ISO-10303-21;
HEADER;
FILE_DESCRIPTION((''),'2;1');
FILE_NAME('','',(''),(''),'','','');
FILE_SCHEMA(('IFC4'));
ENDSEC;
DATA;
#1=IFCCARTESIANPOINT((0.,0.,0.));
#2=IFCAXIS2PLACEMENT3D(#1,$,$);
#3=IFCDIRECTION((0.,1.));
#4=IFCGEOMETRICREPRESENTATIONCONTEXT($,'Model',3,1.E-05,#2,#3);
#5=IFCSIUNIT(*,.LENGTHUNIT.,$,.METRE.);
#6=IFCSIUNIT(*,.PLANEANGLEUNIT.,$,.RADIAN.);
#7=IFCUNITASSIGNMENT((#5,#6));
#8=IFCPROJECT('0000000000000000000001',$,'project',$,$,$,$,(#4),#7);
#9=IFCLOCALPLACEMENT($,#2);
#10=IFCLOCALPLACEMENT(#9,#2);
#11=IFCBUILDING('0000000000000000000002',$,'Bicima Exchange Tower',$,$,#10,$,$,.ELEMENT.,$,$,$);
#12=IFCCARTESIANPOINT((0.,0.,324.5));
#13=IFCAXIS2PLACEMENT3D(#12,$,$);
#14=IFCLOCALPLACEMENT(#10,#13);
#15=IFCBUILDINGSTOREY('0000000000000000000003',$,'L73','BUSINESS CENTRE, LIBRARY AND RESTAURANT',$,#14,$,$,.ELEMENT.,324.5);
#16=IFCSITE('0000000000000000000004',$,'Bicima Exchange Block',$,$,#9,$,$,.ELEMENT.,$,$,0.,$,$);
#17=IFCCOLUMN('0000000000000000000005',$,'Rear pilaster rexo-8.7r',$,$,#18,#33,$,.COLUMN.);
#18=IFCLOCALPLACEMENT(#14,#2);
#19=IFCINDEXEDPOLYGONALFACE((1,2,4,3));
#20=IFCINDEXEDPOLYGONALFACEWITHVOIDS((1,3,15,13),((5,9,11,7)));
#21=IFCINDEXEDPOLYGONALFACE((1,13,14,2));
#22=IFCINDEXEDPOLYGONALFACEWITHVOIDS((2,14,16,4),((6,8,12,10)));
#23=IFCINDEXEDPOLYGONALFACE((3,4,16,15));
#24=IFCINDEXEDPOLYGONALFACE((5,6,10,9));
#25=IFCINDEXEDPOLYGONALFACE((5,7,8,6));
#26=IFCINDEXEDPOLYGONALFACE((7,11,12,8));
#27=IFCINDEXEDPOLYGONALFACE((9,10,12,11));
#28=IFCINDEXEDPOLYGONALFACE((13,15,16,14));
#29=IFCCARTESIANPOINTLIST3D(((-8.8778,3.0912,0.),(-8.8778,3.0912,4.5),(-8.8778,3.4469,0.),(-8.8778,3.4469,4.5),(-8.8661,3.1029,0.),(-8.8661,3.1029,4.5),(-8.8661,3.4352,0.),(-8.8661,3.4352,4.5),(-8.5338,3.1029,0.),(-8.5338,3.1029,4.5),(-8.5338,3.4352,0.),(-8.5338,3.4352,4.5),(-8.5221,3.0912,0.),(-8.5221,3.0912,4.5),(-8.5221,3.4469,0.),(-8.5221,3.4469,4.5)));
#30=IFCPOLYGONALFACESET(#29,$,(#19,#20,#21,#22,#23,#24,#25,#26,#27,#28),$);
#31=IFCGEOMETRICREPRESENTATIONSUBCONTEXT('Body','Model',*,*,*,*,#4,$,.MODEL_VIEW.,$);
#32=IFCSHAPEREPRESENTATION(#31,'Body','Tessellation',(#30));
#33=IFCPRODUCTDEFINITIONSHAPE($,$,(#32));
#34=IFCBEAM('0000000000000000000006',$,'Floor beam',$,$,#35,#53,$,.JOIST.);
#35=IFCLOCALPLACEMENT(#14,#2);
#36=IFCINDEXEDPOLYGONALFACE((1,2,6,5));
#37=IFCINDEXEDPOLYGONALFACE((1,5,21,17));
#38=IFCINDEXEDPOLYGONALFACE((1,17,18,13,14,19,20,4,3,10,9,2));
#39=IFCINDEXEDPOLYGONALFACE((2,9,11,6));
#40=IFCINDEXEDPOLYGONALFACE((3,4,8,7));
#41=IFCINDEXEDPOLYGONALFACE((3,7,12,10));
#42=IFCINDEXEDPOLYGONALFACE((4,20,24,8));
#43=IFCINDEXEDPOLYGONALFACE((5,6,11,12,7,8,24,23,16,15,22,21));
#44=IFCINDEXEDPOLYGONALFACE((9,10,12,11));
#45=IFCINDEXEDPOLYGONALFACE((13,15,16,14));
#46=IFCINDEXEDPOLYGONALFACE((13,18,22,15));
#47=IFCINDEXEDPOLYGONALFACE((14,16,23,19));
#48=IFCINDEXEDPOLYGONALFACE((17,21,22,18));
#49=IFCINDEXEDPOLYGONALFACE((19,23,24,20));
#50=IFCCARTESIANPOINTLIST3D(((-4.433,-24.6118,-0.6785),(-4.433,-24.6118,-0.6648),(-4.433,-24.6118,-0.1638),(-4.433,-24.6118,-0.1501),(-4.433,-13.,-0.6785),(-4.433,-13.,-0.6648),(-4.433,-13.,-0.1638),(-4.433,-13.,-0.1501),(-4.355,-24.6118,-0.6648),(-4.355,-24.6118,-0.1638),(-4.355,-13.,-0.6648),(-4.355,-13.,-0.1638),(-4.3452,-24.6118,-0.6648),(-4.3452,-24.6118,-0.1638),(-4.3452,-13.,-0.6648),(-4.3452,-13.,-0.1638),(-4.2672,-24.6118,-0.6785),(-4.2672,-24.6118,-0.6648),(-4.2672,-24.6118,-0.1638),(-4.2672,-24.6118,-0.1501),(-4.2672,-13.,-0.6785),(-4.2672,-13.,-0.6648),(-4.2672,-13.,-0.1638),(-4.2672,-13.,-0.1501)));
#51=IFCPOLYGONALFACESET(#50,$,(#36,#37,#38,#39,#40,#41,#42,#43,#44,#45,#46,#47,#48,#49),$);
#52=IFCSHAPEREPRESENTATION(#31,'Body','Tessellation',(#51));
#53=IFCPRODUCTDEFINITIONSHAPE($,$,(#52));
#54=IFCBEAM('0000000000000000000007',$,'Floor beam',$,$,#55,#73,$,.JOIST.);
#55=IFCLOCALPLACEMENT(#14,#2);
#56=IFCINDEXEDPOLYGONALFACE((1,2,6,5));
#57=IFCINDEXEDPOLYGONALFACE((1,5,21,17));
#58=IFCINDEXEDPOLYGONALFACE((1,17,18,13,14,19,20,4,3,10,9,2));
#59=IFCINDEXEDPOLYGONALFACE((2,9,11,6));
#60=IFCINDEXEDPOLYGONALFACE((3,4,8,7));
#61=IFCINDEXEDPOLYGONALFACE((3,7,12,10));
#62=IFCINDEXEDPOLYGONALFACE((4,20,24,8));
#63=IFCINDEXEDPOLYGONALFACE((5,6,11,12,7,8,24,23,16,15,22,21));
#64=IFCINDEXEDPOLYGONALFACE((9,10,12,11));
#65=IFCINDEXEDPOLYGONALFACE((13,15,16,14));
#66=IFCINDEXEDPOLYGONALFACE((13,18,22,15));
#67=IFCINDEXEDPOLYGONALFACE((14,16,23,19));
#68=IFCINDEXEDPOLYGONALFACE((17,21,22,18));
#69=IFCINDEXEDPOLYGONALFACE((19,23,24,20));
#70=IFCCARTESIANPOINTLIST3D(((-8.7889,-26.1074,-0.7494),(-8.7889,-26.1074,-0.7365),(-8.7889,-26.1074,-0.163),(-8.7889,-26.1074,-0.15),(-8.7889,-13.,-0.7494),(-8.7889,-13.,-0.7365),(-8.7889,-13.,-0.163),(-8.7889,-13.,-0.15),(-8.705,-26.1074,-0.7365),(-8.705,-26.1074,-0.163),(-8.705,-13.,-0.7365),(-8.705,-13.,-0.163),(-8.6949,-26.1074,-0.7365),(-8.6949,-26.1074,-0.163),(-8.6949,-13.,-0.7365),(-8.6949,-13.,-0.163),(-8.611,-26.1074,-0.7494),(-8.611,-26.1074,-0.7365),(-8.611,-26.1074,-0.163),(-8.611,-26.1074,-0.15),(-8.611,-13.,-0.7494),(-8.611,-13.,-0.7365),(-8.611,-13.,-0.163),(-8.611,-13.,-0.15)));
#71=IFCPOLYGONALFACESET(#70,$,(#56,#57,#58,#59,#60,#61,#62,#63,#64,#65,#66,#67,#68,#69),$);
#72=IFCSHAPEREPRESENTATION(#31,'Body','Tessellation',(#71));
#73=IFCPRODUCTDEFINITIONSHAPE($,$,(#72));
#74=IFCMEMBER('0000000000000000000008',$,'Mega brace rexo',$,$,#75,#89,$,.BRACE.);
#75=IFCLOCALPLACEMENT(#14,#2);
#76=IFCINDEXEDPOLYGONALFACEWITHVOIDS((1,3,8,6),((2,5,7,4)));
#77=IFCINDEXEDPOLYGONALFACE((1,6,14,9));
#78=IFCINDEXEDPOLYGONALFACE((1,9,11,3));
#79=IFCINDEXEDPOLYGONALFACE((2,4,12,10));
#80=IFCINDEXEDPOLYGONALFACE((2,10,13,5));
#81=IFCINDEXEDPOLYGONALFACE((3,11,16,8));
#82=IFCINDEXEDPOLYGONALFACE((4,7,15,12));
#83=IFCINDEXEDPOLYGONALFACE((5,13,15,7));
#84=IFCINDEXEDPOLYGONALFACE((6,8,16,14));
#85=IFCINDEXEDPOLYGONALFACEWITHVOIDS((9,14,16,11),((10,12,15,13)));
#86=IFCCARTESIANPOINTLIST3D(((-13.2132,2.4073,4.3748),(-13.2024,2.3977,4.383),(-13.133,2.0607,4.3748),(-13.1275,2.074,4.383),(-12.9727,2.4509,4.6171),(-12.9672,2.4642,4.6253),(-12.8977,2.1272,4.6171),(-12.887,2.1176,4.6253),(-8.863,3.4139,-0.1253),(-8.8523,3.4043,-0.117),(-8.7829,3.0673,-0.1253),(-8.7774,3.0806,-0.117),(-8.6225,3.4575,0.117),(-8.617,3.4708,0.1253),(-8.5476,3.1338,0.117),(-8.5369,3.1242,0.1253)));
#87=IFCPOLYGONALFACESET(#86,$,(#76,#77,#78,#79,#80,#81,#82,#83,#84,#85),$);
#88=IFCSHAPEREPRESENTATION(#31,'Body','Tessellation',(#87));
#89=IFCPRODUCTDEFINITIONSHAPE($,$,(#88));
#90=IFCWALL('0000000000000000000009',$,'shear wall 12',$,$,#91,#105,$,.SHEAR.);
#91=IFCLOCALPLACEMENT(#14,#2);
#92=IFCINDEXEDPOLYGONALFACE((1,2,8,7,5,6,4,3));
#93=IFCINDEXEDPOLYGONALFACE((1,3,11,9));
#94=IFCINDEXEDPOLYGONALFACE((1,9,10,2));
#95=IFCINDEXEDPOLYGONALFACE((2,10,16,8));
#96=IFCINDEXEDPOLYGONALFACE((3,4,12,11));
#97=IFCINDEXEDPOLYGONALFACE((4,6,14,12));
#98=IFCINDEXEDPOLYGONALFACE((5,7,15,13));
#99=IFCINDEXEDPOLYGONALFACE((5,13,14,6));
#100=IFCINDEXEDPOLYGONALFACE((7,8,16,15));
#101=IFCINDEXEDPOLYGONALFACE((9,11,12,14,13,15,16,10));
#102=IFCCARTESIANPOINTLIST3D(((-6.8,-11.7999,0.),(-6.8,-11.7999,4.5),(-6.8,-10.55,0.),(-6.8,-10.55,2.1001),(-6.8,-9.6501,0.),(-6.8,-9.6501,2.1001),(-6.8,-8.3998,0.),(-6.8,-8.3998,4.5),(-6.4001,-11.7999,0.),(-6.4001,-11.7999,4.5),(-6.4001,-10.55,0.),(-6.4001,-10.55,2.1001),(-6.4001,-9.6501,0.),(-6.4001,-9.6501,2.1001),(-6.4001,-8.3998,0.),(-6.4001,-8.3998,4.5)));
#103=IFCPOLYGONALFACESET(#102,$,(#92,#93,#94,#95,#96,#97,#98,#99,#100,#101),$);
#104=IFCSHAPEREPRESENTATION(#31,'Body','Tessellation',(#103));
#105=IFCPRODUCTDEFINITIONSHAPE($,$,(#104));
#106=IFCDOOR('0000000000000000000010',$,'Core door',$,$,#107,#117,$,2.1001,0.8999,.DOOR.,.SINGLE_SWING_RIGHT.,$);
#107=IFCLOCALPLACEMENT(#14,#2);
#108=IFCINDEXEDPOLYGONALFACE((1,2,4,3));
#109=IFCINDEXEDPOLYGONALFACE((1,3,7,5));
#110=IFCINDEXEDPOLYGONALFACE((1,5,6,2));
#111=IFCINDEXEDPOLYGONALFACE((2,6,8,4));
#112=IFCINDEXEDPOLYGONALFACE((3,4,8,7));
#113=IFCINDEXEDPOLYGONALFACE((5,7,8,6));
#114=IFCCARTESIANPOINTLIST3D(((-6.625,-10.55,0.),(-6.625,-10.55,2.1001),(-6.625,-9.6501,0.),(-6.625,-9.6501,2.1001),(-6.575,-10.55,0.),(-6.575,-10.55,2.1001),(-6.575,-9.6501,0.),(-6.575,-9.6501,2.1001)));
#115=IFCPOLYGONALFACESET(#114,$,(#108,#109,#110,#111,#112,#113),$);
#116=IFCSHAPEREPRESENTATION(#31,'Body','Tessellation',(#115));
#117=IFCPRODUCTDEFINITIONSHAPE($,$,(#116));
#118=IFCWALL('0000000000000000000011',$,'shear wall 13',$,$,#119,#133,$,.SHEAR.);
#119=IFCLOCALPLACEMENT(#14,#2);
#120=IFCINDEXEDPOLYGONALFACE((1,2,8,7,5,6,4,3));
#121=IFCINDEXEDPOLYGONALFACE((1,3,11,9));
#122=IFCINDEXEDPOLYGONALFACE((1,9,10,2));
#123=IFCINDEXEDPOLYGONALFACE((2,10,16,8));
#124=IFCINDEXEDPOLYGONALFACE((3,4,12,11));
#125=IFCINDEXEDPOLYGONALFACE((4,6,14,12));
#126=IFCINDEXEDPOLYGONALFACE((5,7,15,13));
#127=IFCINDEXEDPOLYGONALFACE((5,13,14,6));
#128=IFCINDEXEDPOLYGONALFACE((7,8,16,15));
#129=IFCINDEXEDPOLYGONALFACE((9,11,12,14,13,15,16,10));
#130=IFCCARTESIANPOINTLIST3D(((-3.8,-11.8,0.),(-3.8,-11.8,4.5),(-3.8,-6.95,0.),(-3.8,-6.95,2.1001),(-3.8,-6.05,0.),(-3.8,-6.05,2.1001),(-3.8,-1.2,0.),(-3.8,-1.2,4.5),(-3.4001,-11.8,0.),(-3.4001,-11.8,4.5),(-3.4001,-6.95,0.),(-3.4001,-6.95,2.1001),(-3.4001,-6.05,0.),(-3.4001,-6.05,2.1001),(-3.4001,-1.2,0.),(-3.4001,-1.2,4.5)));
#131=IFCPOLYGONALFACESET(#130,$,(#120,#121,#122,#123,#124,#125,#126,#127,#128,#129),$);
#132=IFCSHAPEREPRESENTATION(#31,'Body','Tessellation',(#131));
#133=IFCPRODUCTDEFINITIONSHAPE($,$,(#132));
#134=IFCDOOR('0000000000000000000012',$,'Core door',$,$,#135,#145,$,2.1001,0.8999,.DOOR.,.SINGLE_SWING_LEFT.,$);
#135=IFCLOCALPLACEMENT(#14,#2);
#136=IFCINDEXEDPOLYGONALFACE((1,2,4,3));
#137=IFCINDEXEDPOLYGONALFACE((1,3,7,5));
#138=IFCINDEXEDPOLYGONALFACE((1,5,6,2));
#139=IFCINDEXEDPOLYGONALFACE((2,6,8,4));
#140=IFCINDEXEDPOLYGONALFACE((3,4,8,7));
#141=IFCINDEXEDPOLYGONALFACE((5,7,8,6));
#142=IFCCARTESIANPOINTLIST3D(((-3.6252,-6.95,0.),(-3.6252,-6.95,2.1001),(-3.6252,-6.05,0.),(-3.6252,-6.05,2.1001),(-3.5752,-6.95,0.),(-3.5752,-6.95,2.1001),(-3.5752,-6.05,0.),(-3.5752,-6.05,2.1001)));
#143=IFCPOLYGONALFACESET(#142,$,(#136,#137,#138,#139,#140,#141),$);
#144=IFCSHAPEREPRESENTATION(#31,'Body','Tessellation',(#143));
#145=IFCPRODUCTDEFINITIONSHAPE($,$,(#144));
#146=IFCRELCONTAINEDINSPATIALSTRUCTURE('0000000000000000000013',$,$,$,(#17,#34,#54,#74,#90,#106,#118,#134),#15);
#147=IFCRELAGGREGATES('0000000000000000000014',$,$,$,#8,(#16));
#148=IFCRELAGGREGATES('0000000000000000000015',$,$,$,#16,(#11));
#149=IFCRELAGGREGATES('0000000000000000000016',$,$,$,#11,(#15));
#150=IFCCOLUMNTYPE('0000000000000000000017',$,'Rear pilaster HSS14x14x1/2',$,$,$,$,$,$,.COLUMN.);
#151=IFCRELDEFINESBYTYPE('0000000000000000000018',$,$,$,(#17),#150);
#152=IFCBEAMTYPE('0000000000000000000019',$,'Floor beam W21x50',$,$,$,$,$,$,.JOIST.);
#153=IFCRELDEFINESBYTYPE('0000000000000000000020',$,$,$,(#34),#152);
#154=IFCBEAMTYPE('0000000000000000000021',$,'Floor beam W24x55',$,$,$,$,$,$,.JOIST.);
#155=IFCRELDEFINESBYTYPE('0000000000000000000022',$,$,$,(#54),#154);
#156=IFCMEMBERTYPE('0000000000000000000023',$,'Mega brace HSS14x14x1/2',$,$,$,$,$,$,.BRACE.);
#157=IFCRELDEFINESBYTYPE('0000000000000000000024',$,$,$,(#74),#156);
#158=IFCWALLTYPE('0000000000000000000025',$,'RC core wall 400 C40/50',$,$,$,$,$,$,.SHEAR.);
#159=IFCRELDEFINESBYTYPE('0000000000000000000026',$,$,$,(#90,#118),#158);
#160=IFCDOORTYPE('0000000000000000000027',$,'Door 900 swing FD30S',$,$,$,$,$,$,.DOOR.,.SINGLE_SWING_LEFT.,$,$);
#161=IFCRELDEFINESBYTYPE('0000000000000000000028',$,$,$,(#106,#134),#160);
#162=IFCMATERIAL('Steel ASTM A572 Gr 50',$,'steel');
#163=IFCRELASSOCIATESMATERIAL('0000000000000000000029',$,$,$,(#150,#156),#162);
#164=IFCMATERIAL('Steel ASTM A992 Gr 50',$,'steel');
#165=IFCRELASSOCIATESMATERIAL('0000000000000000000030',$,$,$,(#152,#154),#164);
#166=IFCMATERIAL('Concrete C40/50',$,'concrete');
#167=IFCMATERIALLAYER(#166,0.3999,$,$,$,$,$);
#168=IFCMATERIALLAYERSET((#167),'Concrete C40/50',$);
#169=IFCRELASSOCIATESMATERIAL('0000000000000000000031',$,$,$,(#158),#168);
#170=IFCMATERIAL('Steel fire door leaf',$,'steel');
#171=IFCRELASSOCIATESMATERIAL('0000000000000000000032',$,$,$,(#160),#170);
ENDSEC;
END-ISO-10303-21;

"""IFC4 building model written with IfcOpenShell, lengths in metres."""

from ifc_helpers import new_model, si_unit, direction, frame, frame_2d, origin, origin_2d, place, context, subcontext, project, spatial, rectangle, hollow_rectangle, i_section, extrude, material, layer, layer_set, material_profile, profile_set, type_object, element, fill, save


model = new_model("IFC4")

# Units and contexts
model_context = context("Model", 3, precision=1e-05, world=origin(), true_north=direction((0.0, 1.0)))
body_context = subcontext(model_context, "Body", "Model", "MODEL_VIEW")
ifc_project = project(units=[si_unit("LENGTHUNIT", "METRE"), si_unit("PLANEANGLEUNIT", "RADIAN")], contexts=[model_context])

# Site, building, storey
site_placement = place(None, origin())
site = spatial("IfcSite", under=ifc_project, at=site_placement, Name="Bicima Exchange Block", CompositionType="ELEMENT", RefElevation=0.0)
building_placement = place(site_placement, origin())
building = spatial("IfcBuilding", under=site, at=building_placement, Name="Bicima Exchange Tower", CompositionType="ELEMENT")
storey_placement = place(building_placement, frame((0.0, 0.0, 324.5)))
storey = spatial("IfcBuildingStorey", under=building, at=storey_placement, Name="L73", Description="BUSINESS CENTRE, LIBRARY AND RESTAURANT", CompositionType="ELEMENT", Elevation=324.5)

# Column
ifc_material_1 = material(Name="Steel ASTM A572 Gr 50", Category="steel")
ifc_material_profile_1 = material_profile(ifc_material_1, hollow_rectangle(XDim=0.3557, YDim=0.3557, WallThickness=0.0117, at=origin_2d()))
ifc_profile_set_1 = profile_set([ifc_material_profile_1], Name="Steel ASTM A572 Gr 50")
column_type = type_object("IfcColumnType", Name="Rear pilaster HSS14x14x1/2", PredefinedType="COLUMN", material=ifc_profile_set_1)
column_placement = place(storey_placement, frame((-8.7, 3.269, 0.0), z_axis=(0.0, 0.0, 1.0), x_axis=(1.0, 0.0, 0.0)))
element("IfcColumn", 1, at=column_placement, inside=storey, type_object=column_type, Name="Rear pilaster rexo-8.7r", PredefinedType="COLUMN", context=body_context, shape_type="SweptSolid", body=[
    extrude(hollow_rectangle(XDim=0.3557, YDim=0.3557, WallThickness=0.0117, at=origin_2d()), origin(), (0.0, 0.0, 1.0), 4.5),
])

# Beams
ifc_material_2 = material(Name="Steel ASTM A992 Gr 50", Category="steel")
ifc_material_profile_2 = material_profile(ifc_material_2, i_section(OverallWidth=0.1658, OverallDepth=0.5283, WebThickness=0.0098, FlangeThickness=0.0137, at=origin_2d()))
ifc_profile_set_2 = profile_set([ifc_material_profile_2], Name="Steel ASTM A992 Gr 50")
beam_type_1 = type_object("IfcBeamType", Name="Floor beam W21x50", PredefinedType="JOIST", material=ifc_profile_set_2)
beam_1_placement = place(storey_placement, frame((-4.3501, -13.0, -0.4143), z_axis=(0.0, -1.0, 0.0), x_axis=(1.0, 0.0, 0.0)))
element("IfcBeam", 2, at=beam_1_placement, inside=storey, type_object=beam_type_1, Name="Floor beam", PredefinedType="JOIST", context=body_context, shape_type="SweptSolid", body=[
    extrude(i_section(OverallWidth=0.1658, OverallDepth=0.5283, WebThickness=0.0098, FlangeThickness=0.0137, at=origin_2d()), origin(), (0.0, 0.0, 1.0), 11.6118),
])
ifc_material_profile_3 = material_profile(ifc_material_2, i_section(OverallWidth=0.178, OverallDepth=0.5994, WebThickness=0.01, FlangeThickness=0.0129, at=origin_2d()))
ifc_profile_set_3 = profile_set([ifc_material_profile_3], Name="Steel ASTM A992 Gr 50")
beam_type_2 = type_object("IfcBeamType", Name="Floor beam W24x55", PredefinedType="JOIST", material=ifc_profile_set_3)
beam_2_placement = place(storey_placement, frame((-8.7, -13.0, -0.4497), z_axis=(0.0, -1.0, 0.0), x_axis=(1.0, 0.0, 0.0)))
element("IfcBeam", 3, at=beam_2_placement, inside=storey, type_object=beam_type_2, Name="Floor beam", PredefinedType="JOIST", context=body_context, shape_type="SweptSolid", body=[
    extrude(i_section(OverallWidth=0.178, OverallDepth=0.5994, WebThickness=0.01, FlangeThickness=0.0129, at=origin_2d()), origin(), (0.0, 0.0, 1.0), 13.1074),
])

# Member
member_type = type_object("IfcMemberType", Name="Mega brace HSS14x14x1/2", PredefinedType="BRACE", material=ifc_profile_set_1)
member_placement = place(storey_placement, frame((-8.7, 3.269, 0.0), z_axis=(-0.686212, -0.158786, 0.709859), x_axis=(0.225439, -0.974257, 0.0)))
element("IfcMember", 4, at=member_placement, inside=storey, type_object=member_type, Name="Mega brace rexo", PredefinedType="BRACE", context=body_context, shape_type="SweptSolid", body=[
    extrude(hollow_rectangle(XDim=0.3557, YDim=0.3557, WallThickness=0.0117, at=origin_2d()), origin(), (0.0, 0.0, 1.0), 6.3394),
])

# Walls, openings, doors
ifc_material_3 = material(Name="Concrete C40/50", Category="concrete")
ifc_layer_1 = layer(ifc_material_3, 0.3999)
ifc_layer_set_1 = layer_set([ifc_layer_1], Name="Concrete C40/50")
wall_type_1 = type_object("IfcWallType", Name="RC core wall 400 C40/50", PredefinedType="SHEAR", material=ifc_layer_set_1)
wall_1_placement = place(storey_placement, frame((-6.6001, -11.8, 0.0), z_axis=(0.0, 0.0, 1.0), x_axis=(0.0, 1.0, 0.0)))
wall_1 = element("IfcWall", 5, at=wall_1_placement, inside=storey, type_object=wall_type_1, Name="shear wall 12", PredefinedType="SHEAR", context=body_context, shape_type="SweptSolid", body=[
    extrude(rectangle(XDim=3.4001, YDim=0.3999, at=frame_2d((1.7002, 0.0))), origin(), (0.0, 0.0, 1.0), 4.5),
])
opening_1_placement = place(wall_1_placement, frame((1.25, 0.0, 0.0)))
opening_1 = element("IfcOpeningElement", 6, at=opening_1_placement, cuts=wall_1, PredefinedType="OPENING", context=body_context, shape_type="SweptSolid", body=[
    extrude(rectangle(XDim=0.8999, YDim=2.1001, at=frame_2d((0.45, 1.05))), frame((0.0, 0.2119, 0.0), z_axis=(0.0, -1.0, 0.0), x_axis=(1.0, 0.0, 0.0)), (0.0, 0.0, 1.0), 0.4238),
])
ifc_material_4 = material(Name="Steel fire door leaf", Category="steel")
door_type_1 = type_object("IfcDoorType", Name="Door 900 swing FD30S", OperationType="SINGLE_SWING_LEFT", PredefinedType="DOOR", material=ifc_material_4)
door_1_placement = place(opening_1_placement, origin())
door_1 = element("IfcDoor", 7, at=door_1_placement, inside=storey, type_object=door_type_1, Name="Core door", OperationType="SINGLE_SWING_RIGHT", OverallHeight=2.1001, OverallWidth=0.8999, PredefinedType="DOOR", context=body_context, shape_type="SweptSolid", body=[
    extrude(rectangle(XDim=0.8999, YDim=2.1001, at=frame_2d((0.45, 1.05))), frame((0.0, 0.0249, 0.0), z_axis=(0.0, -1.0, 0.0), x_axis=(1.0, 0.0, 0.0)), (0.0, 0.0, 1.0), 0.05),
])
fill(opening_1, door_1)
wall_2_placement = place(storey_placement, frame((-3.6001, -11.8, 0.0), z_axis=(0.0, 0.0, 1.0), x_axis=(0.0, 1.0, 0.0)))
wall_2 = element("IfcWall", 8, at=wall_2_placement, inside=storey, type_object=wall_type_1, Name="shear wall 13", PredefinedType="SHEAR", context=body_context, shape_type="SweptSolid", body=[
    extrude(rectangle(XDim=10.6001, YDim=0.3999, at=frame_2d((5.3, 0.0))), origin(), (0.0, 0.0, 1.0), 4.5),
])
opening_2_placement = place(wall_2_placement, frame((4.8501, 0.0, 0.0)))
opening_2 = element("IfcOpeningElement", 9, at=opening_2_placement, cuts=wall_2, PredefinedType="OPENING", context=body_context, shape_type="SweptSolid", body=[
    extrude(rectangle(XDim=0.8999, YDim=2.1001, at=frame_2d((0.45, 1.05))), frame((0.0, 0.2119, 0.0), z_axis=(0.0, -1.0, 0.0), x_axis=(1.0, 0.0, 0.0)), (0.0, 0.0, 1.0), 0.4238),
])
door_2_placement = place(opening_2_placement, frame((0.8999, 0.0, 0.0), z_axis=(0.0, 0.0, 1.0), x_axis=(-1.0, 0.0, 0.0)))
door_2 = element("IfcDoor", 10, at=door_2_placement, inside=storey, type_object=door_type_1, Name="Core door", OperationType="SINGLE_SWING_LEFT", OverallHeight=2.1001, OverallWidth=0.8999, PredefinedType="DOOR", context=body_context, shape_type="SweptSolid", body=[
    extrude(rectangle(XDim=0.8999, YDim=2.1001, at=frame_2d((0.45, 1.05))), frame((0.0, 0.0249, 0.0), z_axis=(0.0, -1.0, 0.0), x_axis=(1.0, 0.0, 0.0)), (0.0, 0.0, 1.0), 0.05),
])
fill(opening_2, door_2)

save(model, "model.ifc")
